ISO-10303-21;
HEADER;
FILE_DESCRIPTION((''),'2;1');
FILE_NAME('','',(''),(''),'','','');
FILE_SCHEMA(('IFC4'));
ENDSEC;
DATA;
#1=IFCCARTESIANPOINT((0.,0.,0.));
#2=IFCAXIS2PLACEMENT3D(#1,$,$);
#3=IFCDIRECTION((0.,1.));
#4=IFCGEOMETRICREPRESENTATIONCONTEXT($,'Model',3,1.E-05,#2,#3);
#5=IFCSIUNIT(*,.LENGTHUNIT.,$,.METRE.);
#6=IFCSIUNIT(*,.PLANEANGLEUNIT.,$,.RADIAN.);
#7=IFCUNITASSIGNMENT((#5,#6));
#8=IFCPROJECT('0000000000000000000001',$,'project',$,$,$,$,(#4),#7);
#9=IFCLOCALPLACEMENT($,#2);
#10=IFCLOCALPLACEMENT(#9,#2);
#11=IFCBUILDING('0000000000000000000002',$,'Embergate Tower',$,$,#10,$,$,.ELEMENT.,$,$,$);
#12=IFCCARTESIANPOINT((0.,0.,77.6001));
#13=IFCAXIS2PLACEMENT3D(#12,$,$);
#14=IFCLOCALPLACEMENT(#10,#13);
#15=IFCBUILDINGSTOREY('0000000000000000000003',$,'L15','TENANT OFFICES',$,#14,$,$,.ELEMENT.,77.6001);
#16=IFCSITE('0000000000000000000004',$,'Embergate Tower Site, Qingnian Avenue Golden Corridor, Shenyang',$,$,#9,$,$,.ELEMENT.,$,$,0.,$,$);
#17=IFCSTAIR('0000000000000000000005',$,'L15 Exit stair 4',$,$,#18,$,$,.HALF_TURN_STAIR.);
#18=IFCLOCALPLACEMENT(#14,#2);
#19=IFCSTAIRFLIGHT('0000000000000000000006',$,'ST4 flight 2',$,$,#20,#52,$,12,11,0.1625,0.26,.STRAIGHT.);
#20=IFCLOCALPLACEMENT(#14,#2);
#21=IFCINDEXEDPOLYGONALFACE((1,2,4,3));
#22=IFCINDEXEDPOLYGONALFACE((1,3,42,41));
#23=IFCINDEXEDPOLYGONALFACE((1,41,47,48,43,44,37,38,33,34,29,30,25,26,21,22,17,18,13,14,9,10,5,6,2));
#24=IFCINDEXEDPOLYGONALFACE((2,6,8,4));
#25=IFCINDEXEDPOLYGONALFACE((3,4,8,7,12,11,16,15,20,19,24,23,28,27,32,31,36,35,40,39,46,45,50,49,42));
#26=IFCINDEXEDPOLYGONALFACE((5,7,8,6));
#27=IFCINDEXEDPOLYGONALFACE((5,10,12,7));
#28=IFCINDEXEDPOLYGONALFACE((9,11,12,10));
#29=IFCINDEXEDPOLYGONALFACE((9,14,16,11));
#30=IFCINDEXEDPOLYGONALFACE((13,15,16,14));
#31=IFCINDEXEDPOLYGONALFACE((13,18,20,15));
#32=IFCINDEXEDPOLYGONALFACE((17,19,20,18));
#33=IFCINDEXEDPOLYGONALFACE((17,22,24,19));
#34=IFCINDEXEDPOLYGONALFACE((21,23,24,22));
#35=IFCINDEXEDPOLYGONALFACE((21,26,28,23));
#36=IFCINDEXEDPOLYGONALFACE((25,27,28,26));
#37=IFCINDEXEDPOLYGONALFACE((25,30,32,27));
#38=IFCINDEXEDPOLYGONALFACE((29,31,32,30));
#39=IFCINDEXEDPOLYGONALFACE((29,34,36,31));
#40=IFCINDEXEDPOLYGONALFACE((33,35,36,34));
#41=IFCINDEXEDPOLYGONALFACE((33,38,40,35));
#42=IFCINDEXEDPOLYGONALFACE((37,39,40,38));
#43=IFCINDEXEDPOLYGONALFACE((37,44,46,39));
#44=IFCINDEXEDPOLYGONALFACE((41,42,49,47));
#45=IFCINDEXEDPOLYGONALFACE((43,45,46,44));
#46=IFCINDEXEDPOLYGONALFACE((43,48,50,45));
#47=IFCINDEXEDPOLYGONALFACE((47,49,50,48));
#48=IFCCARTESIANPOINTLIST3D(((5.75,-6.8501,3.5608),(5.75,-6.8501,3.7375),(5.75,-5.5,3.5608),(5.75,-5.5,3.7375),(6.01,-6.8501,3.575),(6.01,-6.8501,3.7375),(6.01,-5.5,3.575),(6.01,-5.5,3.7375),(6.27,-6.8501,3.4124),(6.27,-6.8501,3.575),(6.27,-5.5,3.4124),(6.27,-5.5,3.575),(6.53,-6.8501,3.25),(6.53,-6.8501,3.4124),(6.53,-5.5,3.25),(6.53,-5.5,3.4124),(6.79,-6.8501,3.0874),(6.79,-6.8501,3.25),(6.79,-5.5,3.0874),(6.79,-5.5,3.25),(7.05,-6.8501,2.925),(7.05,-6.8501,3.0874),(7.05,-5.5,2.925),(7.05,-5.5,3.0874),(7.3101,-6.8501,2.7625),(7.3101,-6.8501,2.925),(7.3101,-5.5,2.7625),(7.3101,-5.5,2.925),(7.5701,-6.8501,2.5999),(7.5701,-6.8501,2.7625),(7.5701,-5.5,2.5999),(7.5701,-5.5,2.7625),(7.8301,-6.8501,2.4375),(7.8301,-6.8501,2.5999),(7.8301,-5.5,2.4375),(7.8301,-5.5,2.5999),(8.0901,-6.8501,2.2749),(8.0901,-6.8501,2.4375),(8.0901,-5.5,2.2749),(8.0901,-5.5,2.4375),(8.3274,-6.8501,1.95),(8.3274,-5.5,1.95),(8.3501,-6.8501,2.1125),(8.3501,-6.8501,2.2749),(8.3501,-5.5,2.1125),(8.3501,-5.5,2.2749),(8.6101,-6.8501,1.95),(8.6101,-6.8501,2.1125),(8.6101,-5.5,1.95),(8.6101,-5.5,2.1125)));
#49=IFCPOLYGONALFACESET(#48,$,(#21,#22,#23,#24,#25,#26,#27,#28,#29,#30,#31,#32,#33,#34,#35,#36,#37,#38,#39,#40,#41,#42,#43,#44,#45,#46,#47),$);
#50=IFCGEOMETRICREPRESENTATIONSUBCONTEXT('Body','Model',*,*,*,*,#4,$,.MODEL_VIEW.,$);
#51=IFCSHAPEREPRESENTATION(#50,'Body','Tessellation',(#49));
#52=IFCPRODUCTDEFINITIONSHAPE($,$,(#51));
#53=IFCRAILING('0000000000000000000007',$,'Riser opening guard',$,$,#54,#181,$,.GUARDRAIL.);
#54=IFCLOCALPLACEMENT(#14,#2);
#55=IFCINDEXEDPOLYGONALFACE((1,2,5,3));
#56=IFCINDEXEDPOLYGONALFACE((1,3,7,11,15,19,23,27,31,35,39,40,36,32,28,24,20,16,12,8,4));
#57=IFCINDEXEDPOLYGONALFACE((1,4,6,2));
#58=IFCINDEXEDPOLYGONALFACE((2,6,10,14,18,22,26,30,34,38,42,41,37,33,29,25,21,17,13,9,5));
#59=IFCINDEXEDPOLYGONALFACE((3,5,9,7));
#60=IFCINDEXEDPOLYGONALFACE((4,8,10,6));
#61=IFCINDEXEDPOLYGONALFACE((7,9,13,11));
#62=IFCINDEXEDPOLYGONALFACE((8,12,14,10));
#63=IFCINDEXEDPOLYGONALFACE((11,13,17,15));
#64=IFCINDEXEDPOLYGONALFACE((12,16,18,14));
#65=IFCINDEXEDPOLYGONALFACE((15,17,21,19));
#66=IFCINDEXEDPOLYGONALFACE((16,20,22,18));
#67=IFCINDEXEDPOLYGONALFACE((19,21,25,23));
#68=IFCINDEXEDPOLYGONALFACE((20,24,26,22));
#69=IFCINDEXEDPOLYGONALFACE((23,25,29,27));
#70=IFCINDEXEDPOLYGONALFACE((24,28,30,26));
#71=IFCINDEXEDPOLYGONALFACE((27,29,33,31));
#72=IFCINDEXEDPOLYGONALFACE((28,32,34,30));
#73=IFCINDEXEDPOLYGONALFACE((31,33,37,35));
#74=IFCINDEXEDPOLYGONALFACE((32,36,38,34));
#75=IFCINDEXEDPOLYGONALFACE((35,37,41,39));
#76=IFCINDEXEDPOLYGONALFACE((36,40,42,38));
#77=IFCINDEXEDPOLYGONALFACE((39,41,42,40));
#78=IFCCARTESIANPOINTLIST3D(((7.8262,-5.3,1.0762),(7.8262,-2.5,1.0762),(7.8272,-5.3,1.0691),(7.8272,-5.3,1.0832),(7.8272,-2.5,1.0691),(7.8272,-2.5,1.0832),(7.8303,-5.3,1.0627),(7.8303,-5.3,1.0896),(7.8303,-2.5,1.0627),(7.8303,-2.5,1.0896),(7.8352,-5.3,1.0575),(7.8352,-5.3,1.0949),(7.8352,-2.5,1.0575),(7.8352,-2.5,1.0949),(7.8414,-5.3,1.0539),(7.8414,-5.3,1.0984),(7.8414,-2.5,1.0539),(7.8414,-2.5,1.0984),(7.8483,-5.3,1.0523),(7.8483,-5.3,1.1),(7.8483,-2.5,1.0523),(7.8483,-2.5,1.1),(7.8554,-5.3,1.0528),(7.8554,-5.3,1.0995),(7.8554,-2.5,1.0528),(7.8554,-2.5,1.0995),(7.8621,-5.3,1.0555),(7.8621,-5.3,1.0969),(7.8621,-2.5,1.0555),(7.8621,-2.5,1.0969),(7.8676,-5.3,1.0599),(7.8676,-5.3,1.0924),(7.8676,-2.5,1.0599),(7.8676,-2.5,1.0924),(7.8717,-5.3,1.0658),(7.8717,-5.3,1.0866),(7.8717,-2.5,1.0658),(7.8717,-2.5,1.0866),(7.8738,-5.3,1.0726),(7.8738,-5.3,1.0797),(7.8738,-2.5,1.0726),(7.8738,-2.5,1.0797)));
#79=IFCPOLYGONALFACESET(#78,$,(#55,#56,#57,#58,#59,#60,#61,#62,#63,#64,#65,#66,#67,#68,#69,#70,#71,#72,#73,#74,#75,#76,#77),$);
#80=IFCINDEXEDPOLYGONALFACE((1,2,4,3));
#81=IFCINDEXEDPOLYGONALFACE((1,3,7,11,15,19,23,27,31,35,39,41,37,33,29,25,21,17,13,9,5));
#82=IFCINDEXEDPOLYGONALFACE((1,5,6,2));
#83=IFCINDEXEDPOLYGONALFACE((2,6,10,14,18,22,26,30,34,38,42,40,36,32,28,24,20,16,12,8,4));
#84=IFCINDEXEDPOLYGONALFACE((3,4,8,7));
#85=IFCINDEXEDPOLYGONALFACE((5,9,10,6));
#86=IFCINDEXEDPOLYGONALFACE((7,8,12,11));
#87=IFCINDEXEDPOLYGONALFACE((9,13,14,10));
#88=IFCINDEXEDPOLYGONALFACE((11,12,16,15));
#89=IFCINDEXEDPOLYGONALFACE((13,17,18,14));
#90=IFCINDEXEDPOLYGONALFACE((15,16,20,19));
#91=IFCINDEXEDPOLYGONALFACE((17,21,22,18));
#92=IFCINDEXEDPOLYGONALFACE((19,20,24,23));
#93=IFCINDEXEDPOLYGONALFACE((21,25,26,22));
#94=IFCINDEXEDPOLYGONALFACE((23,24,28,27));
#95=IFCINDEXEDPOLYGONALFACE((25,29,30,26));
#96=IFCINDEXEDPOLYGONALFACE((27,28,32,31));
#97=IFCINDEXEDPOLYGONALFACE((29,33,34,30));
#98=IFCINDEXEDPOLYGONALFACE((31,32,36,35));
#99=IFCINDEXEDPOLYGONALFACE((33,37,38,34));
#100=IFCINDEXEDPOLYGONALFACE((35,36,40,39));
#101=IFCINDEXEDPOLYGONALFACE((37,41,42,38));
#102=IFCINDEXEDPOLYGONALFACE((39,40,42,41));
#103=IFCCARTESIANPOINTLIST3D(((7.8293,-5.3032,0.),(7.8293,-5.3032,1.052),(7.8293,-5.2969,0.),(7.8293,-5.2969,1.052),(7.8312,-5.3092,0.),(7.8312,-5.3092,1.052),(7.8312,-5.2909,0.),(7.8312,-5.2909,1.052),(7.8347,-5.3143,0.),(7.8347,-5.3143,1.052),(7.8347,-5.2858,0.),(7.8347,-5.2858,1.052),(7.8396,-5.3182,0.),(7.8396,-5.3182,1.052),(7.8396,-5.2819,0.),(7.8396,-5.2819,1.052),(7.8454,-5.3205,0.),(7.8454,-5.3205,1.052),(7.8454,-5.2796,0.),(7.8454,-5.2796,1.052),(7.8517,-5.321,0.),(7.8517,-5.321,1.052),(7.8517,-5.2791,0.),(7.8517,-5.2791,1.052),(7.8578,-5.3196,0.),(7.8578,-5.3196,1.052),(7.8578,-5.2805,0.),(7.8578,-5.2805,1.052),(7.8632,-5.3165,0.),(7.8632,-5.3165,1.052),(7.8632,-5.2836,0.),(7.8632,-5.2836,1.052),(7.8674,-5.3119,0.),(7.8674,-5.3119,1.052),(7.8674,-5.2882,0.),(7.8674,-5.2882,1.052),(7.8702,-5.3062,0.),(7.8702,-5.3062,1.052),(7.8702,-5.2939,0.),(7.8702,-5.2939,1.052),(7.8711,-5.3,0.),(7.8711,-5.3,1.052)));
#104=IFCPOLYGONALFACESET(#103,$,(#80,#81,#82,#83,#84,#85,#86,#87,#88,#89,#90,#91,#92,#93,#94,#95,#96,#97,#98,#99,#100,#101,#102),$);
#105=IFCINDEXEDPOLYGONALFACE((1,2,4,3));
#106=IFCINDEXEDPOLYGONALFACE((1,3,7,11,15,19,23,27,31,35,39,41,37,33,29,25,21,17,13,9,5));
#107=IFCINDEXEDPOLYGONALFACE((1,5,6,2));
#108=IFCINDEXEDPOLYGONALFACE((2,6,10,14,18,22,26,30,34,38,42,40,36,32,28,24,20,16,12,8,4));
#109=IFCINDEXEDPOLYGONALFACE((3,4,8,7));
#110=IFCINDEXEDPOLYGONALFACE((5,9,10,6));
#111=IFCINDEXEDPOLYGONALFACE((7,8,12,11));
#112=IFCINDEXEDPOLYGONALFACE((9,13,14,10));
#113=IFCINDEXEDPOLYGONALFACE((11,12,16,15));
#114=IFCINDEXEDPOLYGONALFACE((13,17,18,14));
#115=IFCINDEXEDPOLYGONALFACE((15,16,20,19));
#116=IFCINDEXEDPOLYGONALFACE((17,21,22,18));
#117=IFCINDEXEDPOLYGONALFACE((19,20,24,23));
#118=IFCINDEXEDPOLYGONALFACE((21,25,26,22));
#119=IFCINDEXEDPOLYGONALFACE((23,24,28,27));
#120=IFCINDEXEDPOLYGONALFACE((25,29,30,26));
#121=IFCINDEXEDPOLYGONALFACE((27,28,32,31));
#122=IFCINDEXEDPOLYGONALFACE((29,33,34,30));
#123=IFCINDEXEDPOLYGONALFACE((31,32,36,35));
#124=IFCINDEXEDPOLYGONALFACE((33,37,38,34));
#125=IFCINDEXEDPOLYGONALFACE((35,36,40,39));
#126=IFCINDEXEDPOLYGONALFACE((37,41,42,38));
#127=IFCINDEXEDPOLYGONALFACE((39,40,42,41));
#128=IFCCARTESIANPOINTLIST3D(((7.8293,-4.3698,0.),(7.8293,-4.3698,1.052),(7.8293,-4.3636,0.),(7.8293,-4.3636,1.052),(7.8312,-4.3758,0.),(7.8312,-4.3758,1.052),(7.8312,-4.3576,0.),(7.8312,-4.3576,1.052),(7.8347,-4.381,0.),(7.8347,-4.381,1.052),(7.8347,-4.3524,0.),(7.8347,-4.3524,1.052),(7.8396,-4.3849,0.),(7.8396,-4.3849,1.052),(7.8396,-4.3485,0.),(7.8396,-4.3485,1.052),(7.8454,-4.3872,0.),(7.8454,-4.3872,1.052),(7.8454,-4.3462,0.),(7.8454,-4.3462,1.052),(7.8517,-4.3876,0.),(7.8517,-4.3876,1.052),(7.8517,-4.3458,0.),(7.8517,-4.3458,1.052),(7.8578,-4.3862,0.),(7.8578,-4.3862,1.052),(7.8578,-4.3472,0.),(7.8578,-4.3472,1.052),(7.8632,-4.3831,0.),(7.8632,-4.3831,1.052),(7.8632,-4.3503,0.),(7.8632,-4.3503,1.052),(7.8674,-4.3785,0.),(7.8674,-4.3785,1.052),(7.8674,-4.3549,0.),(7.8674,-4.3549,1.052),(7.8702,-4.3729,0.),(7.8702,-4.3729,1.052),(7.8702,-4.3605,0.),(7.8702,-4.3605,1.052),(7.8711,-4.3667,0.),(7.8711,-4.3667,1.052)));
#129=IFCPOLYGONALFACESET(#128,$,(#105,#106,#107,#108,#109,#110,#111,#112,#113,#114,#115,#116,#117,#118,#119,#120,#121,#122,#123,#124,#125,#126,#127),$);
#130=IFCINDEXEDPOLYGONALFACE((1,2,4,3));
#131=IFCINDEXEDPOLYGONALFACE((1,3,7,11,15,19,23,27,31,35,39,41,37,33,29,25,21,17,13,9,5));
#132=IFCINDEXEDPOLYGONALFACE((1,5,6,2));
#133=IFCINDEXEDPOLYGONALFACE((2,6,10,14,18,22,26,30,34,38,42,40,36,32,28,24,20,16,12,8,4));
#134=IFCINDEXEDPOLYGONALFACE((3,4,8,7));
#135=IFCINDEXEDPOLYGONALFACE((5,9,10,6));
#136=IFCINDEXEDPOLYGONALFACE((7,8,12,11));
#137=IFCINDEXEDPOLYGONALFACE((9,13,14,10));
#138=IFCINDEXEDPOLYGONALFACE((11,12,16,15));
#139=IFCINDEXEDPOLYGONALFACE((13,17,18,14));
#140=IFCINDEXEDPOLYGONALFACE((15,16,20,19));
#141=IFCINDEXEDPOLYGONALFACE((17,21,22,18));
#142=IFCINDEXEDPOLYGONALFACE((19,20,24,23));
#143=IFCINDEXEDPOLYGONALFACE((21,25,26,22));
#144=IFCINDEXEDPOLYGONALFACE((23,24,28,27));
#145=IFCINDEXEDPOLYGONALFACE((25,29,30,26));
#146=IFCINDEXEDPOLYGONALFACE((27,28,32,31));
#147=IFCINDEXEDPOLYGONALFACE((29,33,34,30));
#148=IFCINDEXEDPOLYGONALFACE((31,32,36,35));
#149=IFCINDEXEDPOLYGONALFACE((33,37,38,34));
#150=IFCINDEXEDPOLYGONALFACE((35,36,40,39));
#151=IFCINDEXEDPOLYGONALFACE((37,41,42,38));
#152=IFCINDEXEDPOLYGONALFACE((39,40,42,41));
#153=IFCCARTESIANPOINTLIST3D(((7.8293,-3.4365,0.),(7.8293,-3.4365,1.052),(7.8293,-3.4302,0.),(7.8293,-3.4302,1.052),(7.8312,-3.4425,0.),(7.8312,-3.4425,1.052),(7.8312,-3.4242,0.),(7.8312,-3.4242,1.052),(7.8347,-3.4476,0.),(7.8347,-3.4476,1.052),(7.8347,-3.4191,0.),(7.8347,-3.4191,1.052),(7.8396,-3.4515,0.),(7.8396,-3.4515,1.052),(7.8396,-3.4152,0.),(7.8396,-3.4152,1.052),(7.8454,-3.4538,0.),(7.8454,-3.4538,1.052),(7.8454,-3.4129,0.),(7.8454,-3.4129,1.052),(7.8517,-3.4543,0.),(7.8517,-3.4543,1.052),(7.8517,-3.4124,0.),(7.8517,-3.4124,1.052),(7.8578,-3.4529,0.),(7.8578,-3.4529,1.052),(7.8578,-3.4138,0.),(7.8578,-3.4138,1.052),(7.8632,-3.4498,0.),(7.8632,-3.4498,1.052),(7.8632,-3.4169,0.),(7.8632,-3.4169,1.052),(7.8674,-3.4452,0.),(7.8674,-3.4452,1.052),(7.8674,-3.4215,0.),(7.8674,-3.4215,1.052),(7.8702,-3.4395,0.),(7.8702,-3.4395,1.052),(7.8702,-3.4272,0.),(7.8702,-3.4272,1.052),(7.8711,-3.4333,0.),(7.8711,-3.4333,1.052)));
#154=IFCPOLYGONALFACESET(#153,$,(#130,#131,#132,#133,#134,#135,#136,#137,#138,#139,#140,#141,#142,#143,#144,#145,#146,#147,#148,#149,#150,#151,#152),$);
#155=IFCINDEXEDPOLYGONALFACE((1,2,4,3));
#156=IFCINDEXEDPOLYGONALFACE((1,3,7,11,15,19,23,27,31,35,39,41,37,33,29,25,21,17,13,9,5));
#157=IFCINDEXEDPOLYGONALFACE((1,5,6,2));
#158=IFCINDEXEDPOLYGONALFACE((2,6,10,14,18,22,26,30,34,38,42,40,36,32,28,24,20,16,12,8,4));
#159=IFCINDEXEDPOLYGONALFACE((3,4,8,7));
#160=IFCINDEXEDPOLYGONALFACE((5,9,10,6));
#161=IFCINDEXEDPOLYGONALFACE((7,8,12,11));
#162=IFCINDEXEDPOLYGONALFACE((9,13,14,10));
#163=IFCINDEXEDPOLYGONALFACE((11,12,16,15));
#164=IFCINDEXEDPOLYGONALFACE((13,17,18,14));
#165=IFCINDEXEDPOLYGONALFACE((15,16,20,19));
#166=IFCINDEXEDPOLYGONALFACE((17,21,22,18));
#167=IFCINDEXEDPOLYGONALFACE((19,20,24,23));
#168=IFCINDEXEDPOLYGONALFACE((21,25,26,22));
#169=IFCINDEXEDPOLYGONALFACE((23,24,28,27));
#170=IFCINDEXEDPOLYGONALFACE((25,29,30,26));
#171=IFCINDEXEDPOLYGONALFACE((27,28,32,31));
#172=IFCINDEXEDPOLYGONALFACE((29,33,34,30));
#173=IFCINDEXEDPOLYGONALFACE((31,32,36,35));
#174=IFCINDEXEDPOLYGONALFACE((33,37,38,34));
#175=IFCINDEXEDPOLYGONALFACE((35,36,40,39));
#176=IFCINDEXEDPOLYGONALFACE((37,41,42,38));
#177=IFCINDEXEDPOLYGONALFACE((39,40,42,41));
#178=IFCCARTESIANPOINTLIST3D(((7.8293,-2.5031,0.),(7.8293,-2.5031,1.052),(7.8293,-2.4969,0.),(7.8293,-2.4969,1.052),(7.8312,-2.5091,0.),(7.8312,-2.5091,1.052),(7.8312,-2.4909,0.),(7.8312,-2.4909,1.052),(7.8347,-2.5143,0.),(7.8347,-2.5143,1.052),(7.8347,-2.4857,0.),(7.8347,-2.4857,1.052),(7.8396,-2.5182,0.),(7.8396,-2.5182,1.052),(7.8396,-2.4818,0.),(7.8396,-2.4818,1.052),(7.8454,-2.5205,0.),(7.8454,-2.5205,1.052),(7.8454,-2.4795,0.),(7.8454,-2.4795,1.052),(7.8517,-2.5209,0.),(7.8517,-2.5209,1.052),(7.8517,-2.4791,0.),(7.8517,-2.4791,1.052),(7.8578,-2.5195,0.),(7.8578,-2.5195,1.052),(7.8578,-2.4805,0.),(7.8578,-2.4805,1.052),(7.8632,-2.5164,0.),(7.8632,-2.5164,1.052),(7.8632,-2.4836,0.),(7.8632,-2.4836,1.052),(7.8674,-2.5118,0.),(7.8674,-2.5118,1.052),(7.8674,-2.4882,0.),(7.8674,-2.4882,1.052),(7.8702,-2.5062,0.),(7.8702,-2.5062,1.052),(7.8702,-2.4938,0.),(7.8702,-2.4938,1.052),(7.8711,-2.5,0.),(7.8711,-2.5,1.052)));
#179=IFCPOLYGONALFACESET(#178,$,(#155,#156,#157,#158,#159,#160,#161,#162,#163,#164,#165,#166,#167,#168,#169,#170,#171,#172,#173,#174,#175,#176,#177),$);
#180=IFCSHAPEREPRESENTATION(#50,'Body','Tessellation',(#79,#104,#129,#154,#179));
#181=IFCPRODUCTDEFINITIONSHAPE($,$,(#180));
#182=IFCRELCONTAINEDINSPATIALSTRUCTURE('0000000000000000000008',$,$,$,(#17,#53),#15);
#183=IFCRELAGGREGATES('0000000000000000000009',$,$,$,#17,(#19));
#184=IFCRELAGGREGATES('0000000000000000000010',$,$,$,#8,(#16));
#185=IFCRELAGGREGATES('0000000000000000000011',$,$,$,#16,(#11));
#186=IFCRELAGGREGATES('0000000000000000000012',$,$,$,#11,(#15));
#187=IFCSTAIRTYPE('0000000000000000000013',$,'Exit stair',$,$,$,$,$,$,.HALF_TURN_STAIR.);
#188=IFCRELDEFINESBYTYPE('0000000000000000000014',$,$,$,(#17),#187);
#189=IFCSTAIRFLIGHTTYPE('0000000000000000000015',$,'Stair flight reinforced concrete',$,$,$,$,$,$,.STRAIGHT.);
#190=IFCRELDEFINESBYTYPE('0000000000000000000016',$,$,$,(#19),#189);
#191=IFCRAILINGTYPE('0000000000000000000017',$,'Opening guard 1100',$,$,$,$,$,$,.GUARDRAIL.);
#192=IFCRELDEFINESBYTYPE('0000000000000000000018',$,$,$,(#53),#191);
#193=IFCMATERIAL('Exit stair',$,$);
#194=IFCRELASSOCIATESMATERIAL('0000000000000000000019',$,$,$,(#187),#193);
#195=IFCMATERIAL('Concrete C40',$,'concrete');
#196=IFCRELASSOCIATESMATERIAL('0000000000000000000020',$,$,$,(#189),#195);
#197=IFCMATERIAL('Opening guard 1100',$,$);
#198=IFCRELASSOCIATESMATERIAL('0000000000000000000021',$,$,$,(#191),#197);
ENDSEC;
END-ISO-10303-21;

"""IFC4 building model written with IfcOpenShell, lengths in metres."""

from ifc_helpers import new_model, si_unit, direction, frame, origin, origin_2d, place, context, subcontext, project, spatial, polyline, circle, outline, extrude, source, transform, mapped, material, type_object, element, aggregate, save


model = new_model("IFC4")

# Units and contexts
model_context = context("Model", 3, precision=1e-05, world=origin(), true_north=direction((0.0, 1.0)))
body_context = subcontext(model_context, "Body", "Model", "MODEL_VIEW")
ifc_project = project(units=[si_unit("LENGTHUNIT", "METRE"), si_unit("PLANEANGLEUNIT", "RADIAN")], contexts=[model_context])

# Site, building, storey
site_placement = place(None, origin())
site = spatial("IfcSite", under=ifc_project, at=site_placement, Name="Embergate Tower Site, Qingnian Avenue Golden Corridor, Shenyang", CompositionType="ELEMENT", RefElevation=0.0)
building_placement = place(site_placement, origin())
building = spatial("IfcBuilding", under=site, at=building_placement, Name="Embergate Tower", CompositionType="ELEMENT")
storey_placement = place(building_placement, frame((0.0, 0.0, 77.6001)))
storey = spatial("IfcBuildingStorey", under=building, at=storey_placement, Name="L15", Description="TENANT OFFICES", CompositionType="ELEMENT", Elevation=77.6001)

# Stair
ifc_material_1 = material(Name="Exit stair")
stair_type = type_object("IfcStairType", Name="Exit stair", PredefinedType="HALF_TURN_STAIR", material=ifc_material_1)
stair_placement = place(storey_placement, origin())
stair = element("IfcStair", 1, at=stair_placement, inside=storey, type_object=stair_type, Name="L15 Exit stair 4", PredefinedType="HALF_TURN_STAIR")
ifc_material_2 = material(Name="Concrete C40", Category="concrete")

# Stair flight
stair_flight_type = type_object("IfcStairFlightType", Name="Stair flight reinforced concrete", PredefinedType="STRAIGHT", material=ifc_material_2)
shared_shape_1 = source(origin(), body_context, "Body", "SweptSolid", [
    extrude(outline(polyline([(0.0, 0.0), (0.0, 0.1626), (0.26, 0.1626), (0.26, 0.325), (0.52, 0.325), (0.52, 0.4875), (0.78, 0.4875), (0.78, 0.6499), (1.04, 0.6499), (1.04, 0.8125), (1.3, 0.8125), (1.3, 0.9751), (1.5601, 0.9751), (1.5601, 1.1375), (1.8201, 1.1375), (1.8201, 1.3), (2.0801, 1.3), (2.0801, 1.4624), (2.3401, 1.4624), (2.3401, 1.625), (2.6001, 1.625), (2.6001, 1.7876), (2.8601, 1.7876), (2.8601, 1.95), (2.8601, 1.6108), (0.2827, 0.0), (0.0, 0.0)])), frame((0.0, 0.675, 0.0), z_axis=(0.0, -1.0, 0.0), x_axis=(1.0, 0.0, 0.0)), (0.0, 0.0, 1.0), 1.3501),
])
stair_flight_placement = place(storey_placement, frame((8.6101, -6.175, 1.95), z_axis=(0.0, 0.0, 1.0), x_axis=(-1.0, 0.0, 0.0)))
stair_flight = element("IfcStairFlight", 2, at=stair_flight_placement, type_object=stair_flight_type, Name="ST4 flight 2", NumberOfRisers=12, NumberOfTreads=11, PredefinedType="STRAIGHT", RiserHeight=0.1625, TreadLength=0.26, context=body_context, shape_type="MappedRepresentation", body=[
    mapped(shared_shape_1, transform((0.0, 0.0, 0.0))),
])
aggregate(stair, [stair_flight])

# Railing
ifc_material_3 = material(Name="Opening guard 1100")
railing_type = type_object("IfcRailingType", Name="Opening guard 1100", PredefinedType="GUARDRAIL", material=ifc_material_3)
shared_shape_2 = source(origin(), body_context, "Body", "SweptSolid", [
    extrude(circle(Radius=0.0239, at=origin_2d()), frame((0.0, 0.0, 1.0762), z_axis=(0.0, 1.0, 0.0), x_axis=(-1.0, 0.0, 0.0)), (0.0, 0.0, 1.0), 2.8),
    extrude(circle(Radius=0.021, at=origin_2d()), origin(), (0.0, 0.0, 1.0), 1.052),
    extrude(circle(Radius=0.021, at=origin_2d()), frame((0.0, 0.9333, 0.0)), (0.0, 0.0, 1.0), 1.052),
    extrude(circle(Radius=0.021, at=origin_2d()), frame((0.0, 1.8667, 0.0)), (0.0, 0.0, 1.0), 1.052),
    extrude(circle(Radius=0.021, at=origin_2d()), frame((0.0, 2.8, 0.0)), (0.0, 0.0, 1.0), 1.052),
])
railing_placement = place(storey_placement, frame((7.8501, -5.3, 0.0)))
element("IfcRailing", 3, at=railing_placement, inside=storey, type_object=railing_type, Name="Riser opening guard", PredefinedType="GUARDRAIL", context=body_context, shape_type="MappedRepresentation", body=[
    mapped(shared_shape_2, transform((0.0, 0.0, 0.0))),
])

save(model, "model.ifc")
